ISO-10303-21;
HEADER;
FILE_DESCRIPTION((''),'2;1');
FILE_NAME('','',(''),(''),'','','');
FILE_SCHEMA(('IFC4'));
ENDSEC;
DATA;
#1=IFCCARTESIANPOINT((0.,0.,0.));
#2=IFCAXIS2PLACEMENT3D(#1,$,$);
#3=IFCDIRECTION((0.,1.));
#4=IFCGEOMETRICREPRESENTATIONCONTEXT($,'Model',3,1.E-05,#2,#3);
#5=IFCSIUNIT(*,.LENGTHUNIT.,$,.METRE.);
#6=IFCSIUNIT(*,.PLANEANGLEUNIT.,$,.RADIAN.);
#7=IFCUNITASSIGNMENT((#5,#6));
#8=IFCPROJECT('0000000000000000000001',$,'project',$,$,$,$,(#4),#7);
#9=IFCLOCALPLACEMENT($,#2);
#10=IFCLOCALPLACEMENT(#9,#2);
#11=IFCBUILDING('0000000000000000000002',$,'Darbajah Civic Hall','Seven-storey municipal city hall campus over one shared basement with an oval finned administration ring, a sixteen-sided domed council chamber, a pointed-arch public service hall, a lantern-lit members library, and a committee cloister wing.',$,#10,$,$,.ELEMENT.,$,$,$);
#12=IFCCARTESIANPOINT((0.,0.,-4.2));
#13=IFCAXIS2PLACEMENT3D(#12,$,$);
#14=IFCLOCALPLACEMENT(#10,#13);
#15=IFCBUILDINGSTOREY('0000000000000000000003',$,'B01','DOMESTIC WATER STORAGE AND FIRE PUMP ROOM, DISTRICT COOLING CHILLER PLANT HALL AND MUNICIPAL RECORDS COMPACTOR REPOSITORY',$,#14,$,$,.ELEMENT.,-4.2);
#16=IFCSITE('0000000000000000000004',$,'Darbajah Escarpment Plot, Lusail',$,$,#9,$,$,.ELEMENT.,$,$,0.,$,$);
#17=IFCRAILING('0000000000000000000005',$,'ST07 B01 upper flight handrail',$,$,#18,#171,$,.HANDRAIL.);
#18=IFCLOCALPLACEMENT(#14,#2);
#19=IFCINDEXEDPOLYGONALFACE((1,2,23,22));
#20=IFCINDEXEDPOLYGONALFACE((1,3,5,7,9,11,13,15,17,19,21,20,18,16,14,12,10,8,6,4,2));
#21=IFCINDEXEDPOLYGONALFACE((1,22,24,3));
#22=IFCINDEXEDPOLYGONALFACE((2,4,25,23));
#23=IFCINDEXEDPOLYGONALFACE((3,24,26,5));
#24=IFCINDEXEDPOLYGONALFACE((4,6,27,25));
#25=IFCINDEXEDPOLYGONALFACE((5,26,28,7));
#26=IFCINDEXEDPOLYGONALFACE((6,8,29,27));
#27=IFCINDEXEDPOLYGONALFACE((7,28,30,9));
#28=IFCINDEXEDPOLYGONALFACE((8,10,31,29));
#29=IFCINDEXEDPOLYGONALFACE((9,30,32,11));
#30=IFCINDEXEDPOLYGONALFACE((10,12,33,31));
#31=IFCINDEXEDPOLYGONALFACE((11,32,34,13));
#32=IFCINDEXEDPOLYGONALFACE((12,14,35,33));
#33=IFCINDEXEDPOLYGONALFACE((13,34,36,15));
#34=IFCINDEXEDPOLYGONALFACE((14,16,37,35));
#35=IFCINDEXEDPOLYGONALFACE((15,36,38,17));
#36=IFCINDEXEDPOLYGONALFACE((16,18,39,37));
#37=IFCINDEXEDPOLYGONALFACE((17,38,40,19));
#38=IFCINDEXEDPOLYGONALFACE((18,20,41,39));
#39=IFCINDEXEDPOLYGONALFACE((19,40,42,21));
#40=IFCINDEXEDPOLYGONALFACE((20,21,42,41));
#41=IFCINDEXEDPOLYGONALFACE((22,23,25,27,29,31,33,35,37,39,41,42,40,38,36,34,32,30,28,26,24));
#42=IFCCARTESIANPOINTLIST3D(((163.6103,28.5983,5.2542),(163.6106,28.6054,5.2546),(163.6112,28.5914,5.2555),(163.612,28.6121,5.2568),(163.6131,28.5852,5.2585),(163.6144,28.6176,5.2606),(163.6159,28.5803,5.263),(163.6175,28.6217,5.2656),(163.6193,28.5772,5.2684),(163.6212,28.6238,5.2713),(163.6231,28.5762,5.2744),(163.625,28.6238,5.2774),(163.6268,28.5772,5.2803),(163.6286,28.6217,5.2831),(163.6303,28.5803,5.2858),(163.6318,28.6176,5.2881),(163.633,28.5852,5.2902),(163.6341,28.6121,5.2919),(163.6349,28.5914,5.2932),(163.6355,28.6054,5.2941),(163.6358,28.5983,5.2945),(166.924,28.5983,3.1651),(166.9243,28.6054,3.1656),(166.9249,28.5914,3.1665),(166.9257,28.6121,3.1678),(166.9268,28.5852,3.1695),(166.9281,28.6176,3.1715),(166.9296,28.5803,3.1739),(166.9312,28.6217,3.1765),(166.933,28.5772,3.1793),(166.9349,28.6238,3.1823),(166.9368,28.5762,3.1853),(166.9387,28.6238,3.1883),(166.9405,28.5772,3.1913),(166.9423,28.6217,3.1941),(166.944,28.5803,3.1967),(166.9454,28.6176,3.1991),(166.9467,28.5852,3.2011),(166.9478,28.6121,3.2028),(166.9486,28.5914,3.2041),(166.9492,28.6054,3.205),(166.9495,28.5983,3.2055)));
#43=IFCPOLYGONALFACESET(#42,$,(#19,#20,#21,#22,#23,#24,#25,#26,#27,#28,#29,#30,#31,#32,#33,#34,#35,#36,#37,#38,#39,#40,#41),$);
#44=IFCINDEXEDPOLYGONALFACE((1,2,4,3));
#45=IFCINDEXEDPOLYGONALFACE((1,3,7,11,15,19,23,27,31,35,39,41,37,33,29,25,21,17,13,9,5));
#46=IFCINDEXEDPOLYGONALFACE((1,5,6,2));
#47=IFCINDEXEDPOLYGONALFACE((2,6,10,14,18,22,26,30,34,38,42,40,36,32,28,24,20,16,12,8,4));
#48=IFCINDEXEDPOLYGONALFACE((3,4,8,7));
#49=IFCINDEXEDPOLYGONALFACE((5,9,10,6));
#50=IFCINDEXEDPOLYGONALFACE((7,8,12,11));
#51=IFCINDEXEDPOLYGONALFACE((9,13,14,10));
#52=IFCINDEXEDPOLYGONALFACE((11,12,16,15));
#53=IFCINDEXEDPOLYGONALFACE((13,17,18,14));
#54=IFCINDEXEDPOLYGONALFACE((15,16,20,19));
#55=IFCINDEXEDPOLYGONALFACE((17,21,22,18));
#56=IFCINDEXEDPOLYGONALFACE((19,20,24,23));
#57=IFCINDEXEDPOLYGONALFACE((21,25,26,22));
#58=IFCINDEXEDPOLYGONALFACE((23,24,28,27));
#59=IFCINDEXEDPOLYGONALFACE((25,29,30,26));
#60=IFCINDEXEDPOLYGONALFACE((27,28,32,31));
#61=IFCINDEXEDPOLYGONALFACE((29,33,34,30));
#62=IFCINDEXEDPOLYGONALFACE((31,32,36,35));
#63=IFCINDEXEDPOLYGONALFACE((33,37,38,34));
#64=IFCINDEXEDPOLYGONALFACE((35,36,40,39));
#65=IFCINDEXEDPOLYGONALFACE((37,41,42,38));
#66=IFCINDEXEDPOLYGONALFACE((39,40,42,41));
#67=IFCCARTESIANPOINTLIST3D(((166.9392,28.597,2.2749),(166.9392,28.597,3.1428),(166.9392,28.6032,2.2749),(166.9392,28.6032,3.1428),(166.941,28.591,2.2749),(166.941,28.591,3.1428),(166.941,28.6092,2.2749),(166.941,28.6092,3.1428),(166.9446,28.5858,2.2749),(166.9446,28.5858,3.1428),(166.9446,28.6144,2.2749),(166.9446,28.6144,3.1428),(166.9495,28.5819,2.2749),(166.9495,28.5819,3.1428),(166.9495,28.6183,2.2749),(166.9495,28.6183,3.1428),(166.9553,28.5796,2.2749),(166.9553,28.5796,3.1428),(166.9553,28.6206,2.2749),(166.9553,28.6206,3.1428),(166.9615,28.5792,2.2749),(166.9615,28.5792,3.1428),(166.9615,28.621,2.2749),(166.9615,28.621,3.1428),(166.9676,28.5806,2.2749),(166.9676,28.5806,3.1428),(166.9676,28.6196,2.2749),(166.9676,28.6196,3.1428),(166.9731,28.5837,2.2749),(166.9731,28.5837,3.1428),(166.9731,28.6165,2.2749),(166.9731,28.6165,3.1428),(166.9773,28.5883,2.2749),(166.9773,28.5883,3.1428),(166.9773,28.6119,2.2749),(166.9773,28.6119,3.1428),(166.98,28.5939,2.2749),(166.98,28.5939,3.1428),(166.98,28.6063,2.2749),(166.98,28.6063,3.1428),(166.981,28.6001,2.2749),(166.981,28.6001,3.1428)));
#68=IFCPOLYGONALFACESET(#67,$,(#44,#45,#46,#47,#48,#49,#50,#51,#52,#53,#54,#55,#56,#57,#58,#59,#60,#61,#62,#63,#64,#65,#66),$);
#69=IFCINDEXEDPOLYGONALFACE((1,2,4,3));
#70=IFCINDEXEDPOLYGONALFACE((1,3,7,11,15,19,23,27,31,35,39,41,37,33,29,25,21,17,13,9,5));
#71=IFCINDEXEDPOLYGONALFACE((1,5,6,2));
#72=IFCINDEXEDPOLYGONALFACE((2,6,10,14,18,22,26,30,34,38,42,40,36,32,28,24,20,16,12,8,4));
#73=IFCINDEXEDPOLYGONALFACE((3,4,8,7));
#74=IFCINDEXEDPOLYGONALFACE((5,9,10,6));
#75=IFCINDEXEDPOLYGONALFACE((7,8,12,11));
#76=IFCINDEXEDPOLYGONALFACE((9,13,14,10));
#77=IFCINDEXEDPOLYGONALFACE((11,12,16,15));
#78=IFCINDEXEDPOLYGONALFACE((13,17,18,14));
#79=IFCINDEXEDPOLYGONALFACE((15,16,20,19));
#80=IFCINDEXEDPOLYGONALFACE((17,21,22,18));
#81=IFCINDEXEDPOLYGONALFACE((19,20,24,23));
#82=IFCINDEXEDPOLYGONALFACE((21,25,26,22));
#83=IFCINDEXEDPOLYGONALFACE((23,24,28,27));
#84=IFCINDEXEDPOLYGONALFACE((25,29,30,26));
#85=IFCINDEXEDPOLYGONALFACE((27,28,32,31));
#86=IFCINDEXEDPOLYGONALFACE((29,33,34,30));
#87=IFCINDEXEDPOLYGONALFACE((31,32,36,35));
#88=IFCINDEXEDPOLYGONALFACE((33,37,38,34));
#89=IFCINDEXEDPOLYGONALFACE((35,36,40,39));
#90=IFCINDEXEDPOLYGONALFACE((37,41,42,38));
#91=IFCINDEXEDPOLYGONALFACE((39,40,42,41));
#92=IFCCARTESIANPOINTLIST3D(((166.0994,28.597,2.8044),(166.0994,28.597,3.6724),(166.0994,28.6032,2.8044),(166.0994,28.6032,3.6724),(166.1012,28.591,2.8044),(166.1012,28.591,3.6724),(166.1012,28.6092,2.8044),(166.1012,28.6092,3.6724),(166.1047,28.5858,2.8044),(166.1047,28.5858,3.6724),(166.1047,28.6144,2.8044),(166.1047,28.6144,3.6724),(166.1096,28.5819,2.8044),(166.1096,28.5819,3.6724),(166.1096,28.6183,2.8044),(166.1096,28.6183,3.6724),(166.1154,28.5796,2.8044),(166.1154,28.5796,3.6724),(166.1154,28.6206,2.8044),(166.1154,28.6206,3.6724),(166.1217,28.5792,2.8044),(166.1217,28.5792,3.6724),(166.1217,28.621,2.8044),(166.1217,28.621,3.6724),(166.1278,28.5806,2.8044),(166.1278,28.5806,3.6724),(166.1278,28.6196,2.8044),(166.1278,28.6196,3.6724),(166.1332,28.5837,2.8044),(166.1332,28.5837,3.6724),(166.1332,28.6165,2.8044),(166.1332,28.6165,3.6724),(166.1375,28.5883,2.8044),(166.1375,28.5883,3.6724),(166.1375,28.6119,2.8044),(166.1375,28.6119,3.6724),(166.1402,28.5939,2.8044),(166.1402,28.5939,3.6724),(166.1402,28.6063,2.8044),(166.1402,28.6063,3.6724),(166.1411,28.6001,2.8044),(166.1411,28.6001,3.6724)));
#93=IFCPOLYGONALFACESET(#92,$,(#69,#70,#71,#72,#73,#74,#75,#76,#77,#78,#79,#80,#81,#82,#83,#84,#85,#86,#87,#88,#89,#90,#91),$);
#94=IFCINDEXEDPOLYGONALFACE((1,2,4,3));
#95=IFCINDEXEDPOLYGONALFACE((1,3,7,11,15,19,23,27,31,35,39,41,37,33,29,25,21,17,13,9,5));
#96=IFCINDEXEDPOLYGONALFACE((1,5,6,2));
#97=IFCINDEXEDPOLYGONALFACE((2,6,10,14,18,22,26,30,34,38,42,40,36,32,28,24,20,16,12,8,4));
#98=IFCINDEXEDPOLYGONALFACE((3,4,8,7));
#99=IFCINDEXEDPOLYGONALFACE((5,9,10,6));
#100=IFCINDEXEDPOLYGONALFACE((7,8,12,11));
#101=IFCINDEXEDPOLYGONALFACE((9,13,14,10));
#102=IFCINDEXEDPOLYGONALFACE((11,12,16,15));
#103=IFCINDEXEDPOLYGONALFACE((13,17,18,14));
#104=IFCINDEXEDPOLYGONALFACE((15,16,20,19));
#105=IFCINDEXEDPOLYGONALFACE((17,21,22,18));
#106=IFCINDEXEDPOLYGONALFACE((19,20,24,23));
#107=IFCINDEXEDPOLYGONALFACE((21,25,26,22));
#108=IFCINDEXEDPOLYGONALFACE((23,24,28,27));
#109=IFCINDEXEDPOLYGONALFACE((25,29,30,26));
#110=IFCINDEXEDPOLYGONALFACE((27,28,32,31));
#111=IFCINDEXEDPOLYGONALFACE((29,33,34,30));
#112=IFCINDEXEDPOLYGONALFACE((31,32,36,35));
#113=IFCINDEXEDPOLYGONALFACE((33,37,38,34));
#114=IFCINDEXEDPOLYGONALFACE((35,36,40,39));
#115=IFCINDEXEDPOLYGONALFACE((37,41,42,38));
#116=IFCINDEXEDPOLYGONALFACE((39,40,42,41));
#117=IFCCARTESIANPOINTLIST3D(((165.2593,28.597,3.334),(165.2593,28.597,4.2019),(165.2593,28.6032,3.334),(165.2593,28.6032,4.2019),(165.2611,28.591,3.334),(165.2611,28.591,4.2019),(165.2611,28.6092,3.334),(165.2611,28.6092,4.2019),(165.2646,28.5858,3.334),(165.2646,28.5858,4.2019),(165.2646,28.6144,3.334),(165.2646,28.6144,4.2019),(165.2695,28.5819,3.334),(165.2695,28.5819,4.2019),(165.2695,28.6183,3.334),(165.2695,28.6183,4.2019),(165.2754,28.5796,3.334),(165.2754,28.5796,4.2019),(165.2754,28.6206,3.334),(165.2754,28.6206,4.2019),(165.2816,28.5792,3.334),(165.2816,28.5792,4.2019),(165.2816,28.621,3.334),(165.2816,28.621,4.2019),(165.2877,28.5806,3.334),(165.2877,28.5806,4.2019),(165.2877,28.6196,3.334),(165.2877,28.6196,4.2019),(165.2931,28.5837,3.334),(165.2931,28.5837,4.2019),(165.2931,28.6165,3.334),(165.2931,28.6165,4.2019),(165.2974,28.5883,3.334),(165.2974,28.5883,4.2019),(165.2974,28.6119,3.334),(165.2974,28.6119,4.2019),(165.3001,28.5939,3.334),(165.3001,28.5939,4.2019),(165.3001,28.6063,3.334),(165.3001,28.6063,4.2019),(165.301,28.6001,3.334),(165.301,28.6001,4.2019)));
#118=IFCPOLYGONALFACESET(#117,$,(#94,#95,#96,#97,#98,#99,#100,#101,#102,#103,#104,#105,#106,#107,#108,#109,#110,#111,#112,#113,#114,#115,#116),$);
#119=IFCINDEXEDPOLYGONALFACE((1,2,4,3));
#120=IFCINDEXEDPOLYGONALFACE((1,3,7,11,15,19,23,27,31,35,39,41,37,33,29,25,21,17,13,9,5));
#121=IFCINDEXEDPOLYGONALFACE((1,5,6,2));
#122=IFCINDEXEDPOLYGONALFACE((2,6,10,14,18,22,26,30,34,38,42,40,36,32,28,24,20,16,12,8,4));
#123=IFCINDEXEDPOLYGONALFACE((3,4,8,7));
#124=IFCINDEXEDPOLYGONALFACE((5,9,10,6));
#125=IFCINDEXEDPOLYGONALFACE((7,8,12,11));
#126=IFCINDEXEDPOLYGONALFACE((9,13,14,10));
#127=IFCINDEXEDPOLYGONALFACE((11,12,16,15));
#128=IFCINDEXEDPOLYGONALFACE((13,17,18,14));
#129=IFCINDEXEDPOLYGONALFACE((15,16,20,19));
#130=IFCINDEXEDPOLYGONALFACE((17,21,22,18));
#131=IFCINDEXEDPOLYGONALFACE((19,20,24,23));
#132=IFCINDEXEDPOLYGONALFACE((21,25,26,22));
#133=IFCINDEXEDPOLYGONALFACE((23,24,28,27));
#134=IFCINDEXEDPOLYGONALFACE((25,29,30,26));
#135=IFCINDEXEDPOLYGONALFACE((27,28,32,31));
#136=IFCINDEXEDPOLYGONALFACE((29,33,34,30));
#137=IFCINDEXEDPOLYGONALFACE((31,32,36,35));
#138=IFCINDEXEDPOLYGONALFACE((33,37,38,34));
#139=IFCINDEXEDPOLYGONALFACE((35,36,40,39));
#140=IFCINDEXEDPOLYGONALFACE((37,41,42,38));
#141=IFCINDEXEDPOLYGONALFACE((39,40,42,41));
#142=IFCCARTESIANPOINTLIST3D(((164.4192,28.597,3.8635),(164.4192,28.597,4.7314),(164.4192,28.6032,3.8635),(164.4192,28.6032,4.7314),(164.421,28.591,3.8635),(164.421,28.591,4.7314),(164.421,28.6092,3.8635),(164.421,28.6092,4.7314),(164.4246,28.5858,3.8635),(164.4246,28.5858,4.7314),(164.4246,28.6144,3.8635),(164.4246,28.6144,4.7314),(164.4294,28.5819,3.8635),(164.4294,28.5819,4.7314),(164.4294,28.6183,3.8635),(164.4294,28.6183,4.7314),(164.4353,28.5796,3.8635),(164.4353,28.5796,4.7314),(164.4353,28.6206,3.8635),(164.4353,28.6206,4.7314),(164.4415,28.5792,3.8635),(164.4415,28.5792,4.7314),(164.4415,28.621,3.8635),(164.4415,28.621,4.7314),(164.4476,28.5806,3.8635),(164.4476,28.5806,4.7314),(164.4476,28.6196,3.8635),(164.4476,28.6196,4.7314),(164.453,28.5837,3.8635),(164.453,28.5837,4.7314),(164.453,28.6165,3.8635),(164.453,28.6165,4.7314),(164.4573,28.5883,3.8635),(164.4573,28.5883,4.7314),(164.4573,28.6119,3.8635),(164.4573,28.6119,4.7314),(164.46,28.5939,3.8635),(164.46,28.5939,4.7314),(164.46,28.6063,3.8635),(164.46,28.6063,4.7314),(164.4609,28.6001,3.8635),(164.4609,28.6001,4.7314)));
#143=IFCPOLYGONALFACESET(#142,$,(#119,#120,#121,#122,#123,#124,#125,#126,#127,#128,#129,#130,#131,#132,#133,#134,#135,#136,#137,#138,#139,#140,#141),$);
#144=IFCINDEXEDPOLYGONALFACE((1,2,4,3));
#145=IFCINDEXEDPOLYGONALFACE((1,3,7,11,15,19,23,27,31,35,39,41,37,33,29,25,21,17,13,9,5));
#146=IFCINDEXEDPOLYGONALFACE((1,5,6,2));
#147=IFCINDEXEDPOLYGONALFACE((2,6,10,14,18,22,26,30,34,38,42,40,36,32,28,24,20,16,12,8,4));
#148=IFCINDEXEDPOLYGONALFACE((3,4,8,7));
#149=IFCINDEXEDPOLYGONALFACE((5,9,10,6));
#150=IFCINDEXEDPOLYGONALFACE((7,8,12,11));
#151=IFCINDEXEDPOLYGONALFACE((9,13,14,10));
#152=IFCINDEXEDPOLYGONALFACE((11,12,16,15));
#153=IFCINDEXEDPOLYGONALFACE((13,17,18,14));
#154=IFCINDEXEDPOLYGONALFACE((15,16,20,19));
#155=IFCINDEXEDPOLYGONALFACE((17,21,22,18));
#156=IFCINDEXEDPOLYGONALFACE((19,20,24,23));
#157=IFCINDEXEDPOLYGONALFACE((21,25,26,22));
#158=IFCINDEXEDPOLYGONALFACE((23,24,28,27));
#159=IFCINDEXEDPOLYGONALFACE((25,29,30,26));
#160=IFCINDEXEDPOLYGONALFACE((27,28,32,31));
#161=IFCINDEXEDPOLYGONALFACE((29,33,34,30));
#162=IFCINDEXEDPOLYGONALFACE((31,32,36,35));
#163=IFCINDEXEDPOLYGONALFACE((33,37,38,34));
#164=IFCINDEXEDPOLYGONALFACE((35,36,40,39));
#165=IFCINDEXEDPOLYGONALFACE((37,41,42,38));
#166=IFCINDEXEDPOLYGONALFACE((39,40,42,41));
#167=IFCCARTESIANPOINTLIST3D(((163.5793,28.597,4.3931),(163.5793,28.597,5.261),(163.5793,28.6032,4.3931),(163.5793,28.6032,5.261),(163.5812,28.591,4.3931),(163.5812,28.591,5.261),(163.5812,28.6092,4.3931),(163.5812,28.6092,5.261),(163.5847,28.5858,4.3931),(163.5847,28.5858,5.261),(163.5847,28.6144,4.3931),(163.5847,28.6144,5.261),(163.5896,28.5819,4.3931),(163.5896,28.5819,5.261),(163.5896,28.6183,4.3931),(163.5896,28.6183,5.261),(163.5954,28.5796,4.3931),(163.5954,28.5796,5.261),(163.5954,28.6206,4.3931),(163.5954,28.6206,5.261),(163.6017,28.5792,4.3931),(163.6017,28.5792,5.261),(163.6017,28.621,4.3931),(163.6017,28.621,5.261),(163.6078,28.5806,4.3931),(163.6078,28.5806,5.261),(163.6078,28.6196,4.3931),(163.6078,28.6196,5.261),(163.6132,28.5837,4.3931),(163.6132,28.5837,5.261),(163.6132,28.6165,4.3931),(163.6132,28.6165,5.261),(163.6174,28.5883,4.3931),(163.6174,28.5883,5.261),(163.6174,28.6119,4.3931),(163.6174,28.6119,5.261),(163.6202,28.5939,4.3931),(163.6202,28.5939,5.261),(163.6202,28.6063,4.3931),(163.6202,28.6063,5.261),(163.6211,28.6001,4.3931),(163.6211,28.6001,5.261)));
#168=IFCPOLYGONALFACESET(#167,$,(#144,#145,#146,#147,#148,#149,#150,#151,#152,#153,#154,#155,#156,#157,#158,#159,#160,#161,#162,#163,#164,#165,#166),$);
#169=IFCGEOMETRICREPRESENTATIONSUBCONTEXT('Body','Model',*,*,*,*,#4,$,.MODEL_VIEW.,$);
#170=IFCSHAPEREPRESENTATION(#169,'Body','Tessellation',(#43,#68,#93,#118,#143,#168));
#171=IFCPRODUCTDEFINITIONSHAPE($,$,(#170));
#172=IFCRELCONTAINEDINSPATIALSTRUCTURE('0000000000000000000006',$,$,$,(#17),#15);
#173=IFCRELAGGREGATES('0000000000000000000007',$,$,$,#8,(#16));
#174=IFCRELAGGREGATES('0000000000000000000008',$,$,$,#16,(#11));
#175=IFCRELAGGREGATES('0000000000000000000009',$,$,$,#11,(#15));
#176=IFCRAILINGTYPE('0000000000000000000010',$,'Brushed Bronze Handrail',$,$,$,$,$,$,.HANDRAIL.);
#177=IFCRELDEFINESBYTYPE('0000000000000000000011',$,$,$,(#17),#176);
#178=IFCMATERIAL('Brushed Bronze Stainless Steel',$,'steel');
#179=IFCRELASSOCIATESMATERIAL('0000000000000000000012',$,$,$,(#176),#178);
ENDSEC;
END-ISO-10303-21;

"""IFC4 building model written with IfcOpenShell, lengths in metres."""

from ifc_helpers import new_model, si_unit, direction, frame, origin, origin_2d, place, context, subcontext, project, spatial, circle, extrude, material, type_object, element, save


model = new_model("IFC4")

# Units and contexts
model_context = context("Model", 3, precision=1e-05, world=origin(), true_north=direction((0.0, 1.0)))
body_context = subcontext(model_context, "Body", "Model", "MODEL_VIEW")
ifc_project = project(units=[si_unit("LENGTHUNIT", "METRE"), si_unit("PLANEANGLEUNIT", "RADIAN")], contexts=[model_context])

# Site, building, storey
site_placement = place(None, origin())
site = spatial("IfcSite", under=ifc_project, at=site_placement, Name="Darbajah Escarpment Plot, Lusail", CompositionType="ELEMENT", RefElevation=0.0)
building_placement = place(site_placement, origin())
building = spatial("IfcBuilding", under=site, at=building_placement, Name="Darbajah Civic Hall", Description="Seven-storey municipal city hall campus over one shared basement with an oval finned administration ring, a sixteen-sided domed council chamber, a pointed-arch public service hall, a lantern-lit members library, and a committee cloister wing.", CompositionType="ELEMENT")
storey_placement = place(building_placement, frame((0.0, 0.0, -4.2)))
storey = spatial("IfcBuildingStorey", under=building, at=storey_placement, Name="B01", Description="DOMESTIC WATER STORAGE AND FIRE PUMP ROOM, DISTRICT COOLING CHILLER PLANT HALL AND MUNICIPAL RECORDS COMPACTOR REPOSITORY", CompositionType="ELEMENT", Elevation=-4.2)

# Railing
ifc_material_1 = material(Name="Brushed Bronze Stainless Steel", Category="steel")
railing_type_1 = type_object("IfcRailingType", Name="Brushed Bronze Handrail", PredefinedType="HANDRAIL", material=ifc_material_1)
railing_1_placement = place(storey_placement, frame((166.96, 28.6001, 2.2749)))
element("IfcRailing", 1, at=railing_1_placement, inside=storey, type_object=railing_type_1, Name="ST07 B01 upper flight handrail", PredefinedType="HANDRAIL", context=body_context, shape_type="SweptSolid", body=[
    extrude(circle(Radius=0.0239, at=origin_2d()), frame((-0.0232, 0.0, 0.9104), z_axis=(-0.845927, 0.0, 0.533299), x_axis=(0.0, -1.0, 0.0)), (0.0, 0.0, 1.0), 3.9172),
    extrude(circle(Radius=0.021, at=origin_2d()), origin(), (0.0, 0.0, 1.0), 0.8679),
    extrude(circle(Radius=0.021, at=origin_2d()), frame((-0.8398, 0.0, 0.5295)), (0.0, 0.0, 1.0), 0.8679),
    extrude(circle(Radius=0.021, at=origin_2d()), frame((-1.6799, 0.0, 1.0591)), (0.0, 0.0, 1.0), 0.8679),
    extrude(circle(Radius=0.021, at=origin_2d()), frame((-2.52, 0.0, 1.5886)), (0.0, 0.0, 1.0), 0.8679),
    extrude(circle(Radius=0.021, at=origin_2d()), frame((-3.3599, 0.0, 2.1182)), (0.0, 0.0, 1.0), 0.8679),
])

save(model, "model.ifc")
